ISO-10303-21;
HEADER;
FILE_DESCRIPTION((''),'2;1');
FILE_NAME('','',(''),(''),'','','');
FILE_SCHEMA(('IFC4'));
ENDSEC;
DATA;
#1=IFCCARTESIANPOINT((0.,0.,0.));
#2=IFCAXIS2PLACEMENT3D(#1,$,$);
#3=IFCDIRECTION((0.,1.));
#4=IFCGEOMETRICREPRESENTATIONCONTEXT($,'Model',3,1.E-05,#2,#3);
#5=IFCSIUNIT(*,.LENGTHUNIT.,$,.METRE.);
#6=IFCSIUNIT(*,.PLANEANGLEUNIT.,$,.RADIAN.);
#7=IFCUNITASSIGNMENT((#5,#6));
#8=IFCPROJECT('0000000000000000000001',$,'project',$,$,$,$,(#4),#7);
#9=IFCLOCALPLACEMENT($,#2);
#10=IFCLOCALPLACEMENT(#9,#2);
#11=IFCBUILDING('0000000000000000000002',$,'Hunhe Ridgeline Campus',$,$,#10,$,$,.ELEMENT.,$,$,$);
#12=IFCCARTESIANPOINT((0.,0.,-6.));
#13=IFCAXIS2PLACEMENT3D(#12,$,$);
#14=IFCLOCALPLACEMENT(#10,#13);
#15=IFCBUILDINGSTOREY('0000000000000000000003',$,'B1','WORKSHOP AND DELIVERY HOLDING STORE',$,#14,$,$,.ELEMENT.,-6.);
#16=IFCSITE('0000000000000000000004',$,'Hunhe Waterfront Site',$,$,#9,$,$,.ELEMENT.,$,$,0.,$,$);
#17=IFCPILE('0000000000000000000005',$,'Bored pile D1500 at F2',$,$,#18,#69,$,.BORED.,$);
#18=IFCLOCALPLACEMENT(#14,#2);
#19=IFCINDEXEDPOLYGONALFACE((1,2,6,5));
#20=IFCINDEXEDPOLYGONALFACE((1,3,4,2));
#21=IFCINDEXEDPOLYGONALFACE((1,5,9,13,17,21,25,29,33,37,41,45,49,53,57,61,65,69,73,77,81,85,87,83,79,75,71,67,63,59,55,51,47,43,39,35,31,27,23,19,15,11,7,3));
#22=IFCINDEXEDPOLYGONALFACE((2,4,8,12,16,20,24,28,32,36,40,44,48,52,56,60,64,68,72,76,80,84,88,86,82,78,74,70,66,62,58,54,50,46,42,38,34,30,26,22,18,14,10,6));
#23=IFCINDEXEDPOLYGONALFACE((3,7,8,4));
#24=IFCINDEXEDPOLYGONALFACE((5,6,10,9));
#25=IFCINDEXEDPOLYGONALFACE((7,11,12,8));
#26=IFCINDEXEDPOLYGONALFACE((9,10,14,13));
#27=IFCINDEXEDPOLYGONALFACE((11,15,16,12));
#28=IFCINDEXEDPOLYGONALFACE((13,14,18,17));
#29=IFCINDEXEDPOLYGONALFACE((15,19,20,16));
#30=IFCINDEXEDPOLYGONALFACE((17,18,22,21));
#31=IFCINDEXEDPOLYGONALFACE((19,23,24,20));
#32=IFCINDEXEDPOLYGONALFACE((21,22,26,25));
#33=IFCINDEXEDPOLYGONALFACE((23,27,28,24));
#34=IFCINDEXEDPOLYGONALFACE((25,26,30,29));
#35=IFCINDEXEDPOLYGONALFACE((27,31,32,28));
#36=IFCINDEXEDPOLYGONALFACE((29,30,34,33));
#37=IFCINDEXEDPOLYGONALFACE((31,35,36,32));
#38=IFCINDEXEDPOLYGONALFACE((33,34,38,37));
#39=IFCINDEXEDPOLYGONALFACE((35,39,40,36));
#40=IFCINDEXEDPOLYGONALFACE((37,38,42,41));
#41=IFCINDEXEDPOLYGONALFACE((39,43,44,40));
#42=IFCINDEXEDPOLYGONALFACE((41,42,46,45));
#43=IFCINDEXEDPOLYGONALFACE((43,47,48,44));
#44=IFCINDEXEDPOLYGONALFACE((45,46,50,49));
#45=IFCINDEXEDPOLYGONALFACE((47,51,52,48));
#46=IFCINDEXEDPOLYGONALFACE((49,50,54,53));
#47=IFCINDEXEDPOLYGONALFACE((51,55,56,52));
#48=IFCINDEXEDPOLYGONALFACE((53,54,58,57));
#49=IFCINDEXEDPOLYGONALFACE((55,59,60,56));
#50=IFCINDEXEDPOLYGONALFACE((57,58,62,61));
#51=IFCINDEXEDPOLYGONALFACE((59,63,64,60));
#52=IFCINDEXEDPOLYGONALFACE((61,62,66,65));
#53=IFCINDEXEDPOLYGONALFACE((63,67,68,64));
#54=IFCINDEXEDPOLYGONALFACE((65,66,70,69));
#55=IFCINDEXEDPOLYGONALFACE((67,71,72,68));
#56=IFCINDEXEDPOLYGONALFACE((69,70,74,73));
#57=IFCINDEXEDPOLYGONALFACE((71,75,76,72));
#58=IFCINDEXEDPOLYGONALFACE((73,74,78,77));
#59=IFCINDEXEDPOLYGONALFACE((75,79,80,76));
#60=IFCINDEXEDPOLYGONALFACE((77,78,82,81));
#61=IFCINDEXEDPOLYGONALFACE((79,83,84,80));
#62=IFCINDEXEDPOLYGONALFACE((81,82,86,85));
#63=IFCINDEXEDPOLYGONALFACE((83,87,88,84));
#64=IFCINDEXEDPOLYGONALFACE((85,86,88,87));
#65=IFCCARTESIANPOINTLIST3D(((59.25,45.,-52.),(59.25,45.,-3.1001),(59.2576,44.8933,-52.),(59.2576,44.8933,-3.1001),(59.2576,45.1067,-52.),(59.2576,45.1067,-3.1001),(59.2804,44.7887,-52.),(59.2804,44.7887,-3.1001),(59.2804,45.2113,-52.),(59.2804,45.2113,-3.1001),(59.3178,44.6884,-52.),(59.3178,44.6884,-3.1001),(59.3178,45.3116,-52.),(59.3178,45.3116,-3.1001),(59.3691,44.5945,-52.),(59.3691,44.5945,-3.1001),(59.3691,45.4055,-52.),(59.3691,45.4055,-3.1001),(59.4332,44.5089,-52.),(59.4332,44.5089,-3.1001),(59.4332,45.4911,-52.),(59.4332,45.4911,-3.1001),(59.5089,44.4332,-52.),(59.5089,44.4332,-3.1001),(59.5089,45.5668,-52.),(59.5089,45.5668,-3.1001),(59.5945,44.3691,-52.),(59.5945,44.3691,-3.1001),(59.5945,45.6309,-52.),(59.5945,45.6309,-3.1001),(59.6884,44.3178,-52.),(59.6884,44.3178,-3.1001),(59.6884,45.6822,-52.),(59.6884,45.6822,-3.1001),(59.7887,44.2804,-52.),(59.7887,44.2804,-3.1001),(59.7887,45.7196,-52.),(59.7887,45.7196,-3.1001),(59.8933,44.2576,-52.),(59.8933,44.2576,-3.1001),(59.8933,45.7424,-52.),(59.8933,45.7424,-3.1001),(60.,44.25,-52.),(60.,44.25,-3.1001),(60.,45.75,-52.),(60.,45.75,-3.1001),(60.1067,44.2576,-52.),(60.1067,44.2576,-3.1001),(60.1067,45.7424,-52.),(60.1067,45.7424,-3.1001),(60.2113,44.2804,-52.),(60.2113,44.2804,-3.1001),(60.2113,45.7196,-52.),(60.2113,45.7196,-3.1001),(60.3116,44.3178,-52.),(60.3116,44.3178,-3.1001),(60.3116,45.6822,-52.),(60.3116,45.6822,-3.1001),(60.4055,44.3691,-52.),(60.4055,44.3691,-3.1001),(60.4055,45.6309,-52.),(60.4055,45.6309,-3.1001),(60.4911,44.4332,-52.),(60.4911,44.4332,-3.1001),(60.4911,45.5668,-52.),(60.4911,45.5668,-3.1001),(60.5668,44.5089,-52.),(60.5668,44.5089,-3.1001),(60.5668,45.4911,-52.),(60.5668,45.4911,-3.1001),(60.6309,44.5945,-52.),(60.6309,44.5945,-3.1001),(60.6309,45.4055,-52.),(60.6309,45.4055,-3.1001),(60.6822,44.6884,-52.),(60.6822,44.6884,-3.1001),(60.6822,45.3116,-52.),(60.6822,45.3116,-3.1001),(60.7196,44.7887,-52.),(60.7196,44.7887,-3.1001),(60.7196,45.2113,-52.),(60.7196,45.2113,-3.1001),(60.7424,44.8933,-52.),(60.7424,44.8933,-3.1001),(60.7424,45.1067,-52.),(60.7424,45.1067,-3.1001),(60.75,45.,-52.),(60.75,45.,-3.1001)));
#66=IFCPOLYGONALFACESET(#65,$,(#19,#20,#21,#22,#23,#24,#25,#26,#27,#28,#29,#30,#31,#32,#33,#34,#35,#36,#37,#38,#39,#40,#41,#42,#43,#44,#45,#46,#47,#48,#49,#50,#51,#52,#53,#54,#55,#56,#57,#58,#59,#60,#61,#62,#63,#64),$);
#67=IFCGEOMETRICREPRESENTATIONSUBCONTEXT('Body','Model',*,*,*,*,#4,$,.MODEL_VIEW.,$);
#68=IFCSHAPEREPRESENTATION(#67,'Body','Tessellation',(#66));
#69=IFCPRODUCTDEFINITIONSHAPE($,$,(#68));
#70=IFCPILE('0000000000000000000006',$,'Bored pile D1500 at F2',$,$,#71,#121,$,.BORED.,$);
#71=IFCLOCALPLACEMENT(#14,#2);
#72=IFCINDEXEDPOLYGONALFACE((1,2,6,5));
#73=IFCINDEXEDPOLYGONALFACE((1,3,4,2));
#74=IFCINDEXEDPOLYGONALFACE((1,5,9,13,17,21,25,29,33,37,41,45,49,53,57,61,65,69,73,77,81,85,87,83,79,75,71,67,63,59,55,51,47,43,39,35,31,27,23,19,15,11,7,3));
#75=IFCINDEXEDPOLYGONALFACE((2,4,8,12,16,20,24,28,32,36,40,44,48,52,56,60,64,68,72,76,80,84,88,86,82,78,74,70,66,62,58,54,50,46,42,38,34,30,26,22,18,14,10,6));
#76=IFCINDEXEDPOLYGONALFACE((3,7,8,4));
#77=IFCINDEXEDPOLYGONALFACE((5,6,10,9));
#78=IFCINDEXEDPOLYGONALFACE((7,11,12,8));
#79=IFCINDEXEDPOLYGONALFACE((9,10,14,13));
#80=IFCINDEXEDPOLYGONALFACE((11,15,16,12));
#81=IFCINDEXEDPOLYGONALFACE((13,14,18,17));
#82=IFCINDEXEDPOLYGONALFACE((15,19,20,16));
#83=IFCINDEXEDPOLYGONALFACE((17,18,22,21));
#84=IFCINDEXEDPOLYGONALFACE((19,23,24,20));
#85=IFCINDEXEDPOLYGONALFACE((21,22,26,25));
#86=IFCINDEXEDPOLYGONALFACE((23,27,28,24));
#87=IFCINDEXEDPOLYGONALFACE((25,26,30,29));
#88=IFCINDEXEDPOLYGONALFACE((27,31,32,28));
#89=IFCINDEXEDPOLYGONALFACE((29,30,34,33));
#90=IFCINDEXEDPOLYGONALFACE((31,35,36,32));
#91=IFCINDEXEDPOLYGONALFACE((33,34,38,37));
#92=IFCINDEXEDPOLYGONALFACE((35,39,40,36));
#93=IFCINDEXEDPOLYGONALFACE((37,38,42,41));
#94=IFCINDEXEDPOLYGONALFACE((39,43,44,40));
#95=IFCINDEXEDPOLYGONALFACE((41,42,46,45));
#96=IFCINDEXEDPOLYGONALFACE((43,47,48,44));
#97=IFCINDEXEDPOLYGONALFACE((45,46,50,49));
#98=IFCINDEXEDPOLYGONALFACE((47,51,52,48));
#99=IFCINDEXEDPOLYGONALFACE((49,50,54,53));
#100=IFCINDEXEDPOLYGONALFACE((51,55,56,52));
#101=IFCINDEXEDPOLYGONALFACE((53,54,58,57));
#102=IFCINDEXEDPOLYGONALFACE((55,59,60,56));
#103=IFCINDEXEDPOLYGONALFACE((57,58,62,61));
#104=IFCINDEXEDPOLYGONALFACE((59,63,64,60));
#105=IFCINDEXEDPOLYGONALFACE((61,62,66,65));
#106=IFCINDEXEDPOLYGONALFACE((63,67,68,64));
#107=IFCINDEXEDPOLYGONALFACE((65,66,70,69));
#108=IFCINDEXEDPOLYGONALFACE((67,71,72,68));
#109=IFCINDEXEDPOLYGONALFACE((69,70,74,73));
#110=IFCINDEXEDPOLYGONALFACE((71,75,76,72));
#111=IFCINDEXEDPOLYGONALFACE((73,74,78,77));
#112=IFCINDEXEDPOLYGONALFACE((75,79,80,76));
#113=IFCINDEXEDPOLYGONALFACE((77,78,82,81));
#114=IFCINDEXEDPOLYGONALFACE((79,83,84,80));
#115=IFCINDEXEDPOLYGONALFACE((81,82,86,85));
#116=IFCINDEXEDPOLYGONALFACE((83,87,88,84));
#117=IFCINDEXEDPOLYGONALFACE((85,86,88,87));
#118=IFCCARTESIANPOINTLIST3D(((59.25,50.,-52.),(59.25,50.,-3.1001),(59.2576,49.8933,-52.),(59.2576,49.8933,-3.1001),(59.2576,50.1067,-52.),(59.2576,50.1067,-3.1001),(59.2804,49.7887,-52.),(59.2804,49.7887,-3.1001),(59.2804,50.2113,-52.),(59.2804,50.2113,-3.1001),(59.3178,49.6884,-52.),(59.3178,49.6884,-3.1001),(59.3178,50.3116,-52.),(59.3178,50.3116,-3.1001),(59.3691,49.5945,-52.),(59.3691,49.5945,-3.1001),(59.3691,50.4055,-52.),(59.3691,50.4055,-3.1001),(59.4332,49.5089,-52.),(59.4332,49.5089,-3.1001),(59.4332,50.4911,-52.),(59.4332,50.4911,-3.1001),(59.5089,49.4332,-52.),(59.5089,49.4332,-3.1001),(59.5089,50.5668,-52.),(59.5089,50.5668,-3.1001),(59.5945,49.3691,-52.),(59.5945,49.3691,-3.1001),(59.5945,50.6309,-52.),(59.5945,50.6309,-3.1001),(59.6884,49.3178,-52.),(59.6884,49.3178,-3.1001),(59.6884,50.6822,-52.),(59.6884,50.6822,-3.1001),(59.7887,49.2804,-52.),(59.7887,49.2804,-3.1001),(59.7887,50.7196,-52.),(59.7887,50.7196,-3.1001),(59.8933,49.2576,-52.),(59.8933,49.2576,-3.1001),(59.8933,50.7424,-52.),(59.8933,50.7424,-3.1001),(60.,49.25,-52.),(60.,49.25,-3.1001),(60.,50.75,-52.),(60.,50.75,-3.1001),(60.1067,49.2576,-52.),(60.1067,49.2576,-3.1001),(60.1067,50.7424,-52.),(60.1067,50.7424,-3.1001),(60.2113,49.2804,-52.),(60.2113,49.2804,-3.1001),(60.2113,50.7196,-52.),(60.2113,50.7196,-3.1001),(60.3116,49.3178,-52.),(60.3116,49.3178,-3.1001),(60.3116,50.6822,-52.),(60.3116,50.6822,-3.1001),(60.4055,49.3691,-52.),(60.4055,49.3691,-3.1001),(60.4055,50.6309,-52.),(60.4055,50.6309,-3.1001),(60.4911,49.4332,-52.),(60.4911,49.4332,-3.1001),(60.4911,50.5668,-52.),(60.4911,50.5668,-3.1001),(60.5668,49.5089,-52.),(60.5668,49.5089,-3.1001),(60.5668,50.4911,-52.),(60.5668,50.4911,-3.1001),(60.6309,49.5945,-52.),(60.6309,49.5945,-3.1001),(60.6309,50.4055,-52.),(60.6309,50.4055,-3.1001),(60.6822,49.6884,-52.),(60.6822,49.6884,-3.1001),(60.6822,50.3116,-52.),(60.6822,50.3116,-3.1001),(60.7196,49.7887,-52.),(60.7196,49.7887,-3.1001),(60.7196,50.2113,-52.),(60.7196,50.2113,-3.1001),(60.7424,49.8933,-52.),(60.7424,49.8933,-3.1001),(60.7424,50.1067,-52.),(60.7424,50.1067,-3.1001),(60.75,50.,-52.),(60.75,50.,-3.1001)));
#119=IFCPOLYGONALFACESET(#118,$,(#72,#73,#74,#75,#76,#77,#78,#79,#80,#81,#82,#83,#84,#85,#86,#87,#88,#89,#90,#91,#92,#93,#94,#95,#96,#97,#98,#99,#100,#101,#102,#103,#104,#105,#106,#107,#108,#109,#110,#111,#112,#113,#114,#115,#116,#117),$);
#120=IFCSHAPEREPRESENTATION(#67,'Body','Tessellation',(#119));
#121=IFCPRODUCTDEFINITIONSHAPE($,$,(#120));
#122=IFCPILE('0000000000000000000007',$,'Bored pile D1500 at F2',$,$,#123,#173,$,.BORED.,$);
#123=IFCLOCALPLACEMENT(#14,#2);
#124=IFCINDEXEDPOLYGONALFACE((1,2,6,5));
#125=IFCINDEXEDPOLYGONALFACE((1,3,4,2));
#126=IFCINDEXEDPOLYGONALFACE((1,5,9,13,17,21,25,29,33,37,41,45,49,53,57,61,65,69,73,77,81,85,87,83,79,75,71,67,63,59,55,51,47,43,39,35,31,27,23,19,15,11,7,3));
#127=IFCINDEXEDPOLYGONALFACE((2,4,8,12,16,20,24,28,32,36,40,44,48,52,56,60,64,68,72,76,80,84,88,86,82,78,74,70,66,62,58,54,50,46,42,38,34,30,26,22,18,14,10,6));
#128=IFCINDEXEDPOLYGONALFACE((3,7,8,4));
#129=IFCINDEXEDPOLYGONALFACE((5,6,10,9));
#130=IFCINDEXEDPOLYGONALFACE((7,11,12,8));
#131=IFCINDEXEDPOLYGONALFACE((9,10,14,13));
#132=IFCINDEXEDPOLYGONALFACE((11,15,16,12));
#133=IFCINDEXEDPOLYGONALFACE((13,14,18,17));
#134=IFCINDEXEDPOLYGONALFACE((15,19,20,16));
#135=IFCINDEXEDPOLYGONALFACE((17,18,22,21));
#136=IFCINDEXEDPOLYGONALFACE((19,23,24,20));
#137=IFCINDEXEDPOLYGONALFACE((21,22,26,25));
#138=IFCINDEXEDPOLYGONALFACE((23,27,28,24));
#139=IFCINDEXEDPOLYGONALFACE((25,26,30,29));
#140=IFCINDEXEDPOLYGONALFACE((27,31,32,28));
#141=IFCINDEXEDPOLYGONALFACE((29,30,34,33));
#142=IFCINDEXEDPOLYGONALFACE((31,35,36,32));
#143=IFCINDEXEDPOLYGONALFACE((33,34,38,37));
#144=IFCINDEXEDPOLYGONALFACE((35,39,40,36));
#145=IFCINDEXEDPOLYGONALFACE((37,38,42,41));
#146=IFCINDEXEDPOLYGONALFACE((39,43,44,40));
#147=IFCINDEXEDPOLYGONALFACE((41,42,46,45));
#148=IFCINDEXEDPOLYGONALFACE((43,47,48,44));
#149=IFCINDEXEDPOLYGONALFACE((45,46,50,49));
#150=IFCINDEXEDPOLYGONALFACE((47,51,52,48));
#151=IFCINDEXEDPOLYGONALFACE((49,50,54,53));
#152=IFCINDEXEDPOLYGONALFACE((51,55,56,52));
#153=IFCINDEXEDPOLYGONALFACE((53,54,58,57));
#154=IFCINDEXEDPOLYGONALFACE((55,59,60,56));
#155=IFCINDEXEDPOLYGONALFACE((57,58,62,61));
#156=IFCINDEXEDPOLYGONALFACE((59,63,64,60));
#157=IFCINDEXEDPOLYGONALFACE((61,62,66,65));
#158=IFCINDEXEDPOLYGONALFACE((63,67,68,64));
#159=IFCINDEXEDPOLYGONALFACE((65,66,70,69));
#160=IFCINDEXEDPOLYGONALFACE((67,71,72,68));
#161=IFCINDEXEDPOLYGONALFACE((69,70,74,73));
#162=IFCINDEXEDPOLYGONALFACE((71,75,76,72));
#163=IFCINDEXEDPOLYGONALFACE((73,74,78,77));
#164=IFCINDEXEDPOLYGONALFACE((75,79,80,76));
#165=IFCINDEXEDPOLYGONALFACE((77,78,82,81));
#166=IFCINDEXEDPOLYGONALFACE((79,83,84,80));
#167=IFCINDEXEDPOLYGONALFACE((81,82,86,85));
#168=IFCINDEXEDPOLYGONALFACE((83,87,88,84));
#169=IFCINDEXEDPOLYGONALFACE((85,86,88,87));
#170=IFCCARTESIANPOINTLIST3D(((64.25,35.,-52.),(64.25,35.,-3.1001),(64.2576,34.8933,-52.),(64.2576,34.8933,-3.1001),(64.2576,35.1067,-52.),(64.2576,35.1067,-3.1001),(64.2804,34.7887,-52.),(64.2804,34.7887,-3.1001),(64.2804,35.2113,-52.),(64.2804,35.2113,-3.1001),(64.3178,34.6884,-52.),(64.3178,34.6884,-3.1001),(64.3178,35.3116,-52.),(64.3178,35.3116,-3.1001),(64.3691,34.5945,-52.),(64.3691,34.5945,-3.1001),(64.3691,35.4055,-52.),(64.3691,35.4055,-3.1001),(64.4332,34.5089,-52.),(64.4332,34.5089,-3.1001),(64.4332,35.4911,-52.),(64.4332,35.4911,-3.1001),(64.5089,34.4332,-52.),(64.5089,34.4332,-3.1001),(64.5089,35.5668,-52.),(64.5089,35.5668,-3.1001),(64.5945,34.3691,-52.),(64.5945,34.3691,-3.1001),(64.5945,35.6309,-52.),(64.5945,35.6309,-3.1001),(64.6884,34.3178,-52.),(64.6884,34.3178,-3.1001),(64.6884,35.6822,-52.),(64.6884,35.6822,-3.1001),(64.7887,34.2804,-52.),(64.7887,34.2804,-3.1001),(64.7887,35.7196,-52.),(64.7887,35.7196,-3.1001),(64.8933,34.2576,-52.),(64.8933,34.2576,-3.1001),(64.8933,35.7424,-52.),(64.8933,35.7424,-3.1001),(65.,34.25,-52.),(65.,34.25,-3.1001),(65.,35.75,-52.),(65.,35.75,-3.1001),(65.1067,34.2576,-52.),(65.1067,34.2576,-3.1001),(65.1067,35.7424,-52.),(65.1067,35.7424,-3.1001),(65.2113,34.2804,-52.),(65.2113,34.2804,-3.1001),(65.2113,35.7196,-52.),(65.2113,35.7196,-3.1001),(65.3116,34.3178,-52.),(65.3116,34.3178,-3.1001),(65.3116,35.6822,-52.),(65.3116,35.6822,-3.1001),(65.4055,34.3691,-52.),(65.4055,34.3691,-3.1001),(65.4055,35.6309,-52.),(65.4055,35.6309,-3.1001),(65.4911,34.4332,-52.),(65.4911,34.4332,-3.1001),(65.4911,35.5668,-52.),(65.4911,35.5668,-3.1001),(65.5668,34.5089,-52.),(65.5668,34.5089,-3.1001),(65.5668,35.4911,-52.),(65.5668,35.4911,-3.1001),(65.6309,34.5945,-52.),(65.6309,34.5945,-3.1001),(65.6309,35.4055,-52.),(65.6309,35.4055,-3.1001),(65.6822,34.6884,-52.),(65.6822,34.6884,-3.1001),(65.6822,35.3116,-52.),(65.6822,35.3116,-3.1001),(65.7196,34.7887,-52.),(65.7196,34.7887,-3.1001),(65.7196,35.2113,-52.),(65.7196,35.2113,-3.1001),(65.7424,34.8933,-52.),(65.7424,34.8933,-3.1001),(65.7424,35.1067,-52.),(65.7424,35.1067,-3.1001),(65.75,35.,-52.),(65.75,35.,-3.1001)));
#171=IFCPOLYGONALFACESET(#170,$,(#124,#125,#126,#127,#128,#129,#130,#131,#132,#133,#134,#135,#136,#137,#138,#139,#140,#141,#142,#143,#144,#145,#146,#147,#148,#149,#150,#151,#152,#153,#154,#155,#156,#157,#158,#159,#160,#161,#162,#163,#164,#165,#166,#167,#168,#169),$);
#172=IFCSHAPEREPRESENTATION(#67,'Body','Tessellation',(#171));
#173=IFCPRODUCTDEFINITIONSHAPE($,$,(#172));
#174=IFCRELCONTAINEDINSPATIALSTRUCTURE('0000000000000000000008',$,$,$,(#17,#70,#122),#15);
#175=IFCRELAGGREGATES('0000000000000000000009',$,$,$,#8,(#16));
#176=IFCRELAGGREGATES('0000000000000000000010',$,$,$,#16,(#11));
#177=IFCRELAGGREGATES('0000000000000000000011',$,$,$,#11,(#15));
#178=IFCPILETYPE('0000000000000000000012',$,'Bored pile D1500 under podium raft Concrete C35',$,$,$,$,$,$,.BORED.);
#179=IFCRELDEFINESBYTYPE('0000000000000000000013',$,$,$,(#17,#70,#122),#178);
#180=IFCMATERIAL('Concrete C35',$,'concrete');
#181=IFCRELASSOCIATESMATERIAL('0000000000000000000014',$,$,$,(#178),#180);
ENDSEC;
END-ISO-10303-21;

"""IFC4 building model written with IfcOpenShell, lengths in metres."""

from ifc_helpers import new_model, si_unit, direction, frame, origin, origin_2d, place, context, subcontext, project, spatial, circle, extrude, material, material_profile, profile_set, type_object, element, save


model = new_model("IFC4")

# Units and contexts
model_context = context("Model", 3, precision=1e-05, world=origin(), true_north=direction((0.0, 1.0)))
body_context = subcontext(model_context, "Body", "Model", "MODEL_VIEW")
ifc_project = project(units=[si_unit("LENGTHUNIT", "METRE"), si_unit("PLANEANGLEUNIT", "RADIAN")], contexts=[model_context])

# Site, building, storey
site_placement = place(None, origin())
site = spatial("IfcSite", under=ifc_project, at=site_placement, Name="Hunhe Waterfront Site", CompositionType="ELEMENT", RefElevation=0.0)
building_placement = place(site_placement, origin())
building = spatial("IfcBuilding", under=site, at=building_placement, Name="Hunhe Ridgeline Campus", CompositionType="ELEMENT")
storey_placement = place(building_placement, frame((0.0, 0.0, -6.0)))
storey = spatial("IfcBuildingStorey", under=building, at=storey_placement, Name="B1", Description="WORKSHOP AND DELIVERY HOLDING STORE", CompositionType="ELEMENT", Elevation=-6.0)

# Piles
ifc_material_1 = material(Name="Concrete C35", Category="concrete")
ifc_material_profile_1 = material_profile(ifc_material_1, circle(Radius=0.75, at=origin_2d()))
ifc_profile_set_1 = profile_set([ifc_material_profile_1], Name="Concrete C35")
pile_type_1 = type_object("IfcPileType", Name="Bored pile D1500 under podium raft Concrete C35", PredefinedType="BORED", material=ifc_profile_set_1)
for number, where, z_axis, x_axis, name in (
    (1, (60.0, 45.0, -3.1001), (0.0, 0.0, -1.0), (1.0, 0.0, 0.0), "Bored pile D1500 at F2"),
    (2, (60.0, 50.0, -3.1001), (0.0, 0.0, -1.0), (1.0, 0.0, 0.0), "Bored pile D1500 at F2"),
    (3, (65.0, 35.0, -3.1001), (0.0, 0.0, -1.0), (1.0, 0.0, 0.0), "Bored pile D1500 at F2"),
):
    element("IfcPile", number, at=place(storey_placement, frame(where, z_axis=z_axis, x_axis=x_axis)), inside=storey, type_object=pile_type_1, Name=name, PredefinedType="BORED", context=body_context, shape_type="SweptSolid", body=[
        extrude(circle(Radius=0.75, at=origin_2d()), origin(), (0.0, 0.0, 1.0), 48.8999),
    ])

save(model, "model.ifc")
